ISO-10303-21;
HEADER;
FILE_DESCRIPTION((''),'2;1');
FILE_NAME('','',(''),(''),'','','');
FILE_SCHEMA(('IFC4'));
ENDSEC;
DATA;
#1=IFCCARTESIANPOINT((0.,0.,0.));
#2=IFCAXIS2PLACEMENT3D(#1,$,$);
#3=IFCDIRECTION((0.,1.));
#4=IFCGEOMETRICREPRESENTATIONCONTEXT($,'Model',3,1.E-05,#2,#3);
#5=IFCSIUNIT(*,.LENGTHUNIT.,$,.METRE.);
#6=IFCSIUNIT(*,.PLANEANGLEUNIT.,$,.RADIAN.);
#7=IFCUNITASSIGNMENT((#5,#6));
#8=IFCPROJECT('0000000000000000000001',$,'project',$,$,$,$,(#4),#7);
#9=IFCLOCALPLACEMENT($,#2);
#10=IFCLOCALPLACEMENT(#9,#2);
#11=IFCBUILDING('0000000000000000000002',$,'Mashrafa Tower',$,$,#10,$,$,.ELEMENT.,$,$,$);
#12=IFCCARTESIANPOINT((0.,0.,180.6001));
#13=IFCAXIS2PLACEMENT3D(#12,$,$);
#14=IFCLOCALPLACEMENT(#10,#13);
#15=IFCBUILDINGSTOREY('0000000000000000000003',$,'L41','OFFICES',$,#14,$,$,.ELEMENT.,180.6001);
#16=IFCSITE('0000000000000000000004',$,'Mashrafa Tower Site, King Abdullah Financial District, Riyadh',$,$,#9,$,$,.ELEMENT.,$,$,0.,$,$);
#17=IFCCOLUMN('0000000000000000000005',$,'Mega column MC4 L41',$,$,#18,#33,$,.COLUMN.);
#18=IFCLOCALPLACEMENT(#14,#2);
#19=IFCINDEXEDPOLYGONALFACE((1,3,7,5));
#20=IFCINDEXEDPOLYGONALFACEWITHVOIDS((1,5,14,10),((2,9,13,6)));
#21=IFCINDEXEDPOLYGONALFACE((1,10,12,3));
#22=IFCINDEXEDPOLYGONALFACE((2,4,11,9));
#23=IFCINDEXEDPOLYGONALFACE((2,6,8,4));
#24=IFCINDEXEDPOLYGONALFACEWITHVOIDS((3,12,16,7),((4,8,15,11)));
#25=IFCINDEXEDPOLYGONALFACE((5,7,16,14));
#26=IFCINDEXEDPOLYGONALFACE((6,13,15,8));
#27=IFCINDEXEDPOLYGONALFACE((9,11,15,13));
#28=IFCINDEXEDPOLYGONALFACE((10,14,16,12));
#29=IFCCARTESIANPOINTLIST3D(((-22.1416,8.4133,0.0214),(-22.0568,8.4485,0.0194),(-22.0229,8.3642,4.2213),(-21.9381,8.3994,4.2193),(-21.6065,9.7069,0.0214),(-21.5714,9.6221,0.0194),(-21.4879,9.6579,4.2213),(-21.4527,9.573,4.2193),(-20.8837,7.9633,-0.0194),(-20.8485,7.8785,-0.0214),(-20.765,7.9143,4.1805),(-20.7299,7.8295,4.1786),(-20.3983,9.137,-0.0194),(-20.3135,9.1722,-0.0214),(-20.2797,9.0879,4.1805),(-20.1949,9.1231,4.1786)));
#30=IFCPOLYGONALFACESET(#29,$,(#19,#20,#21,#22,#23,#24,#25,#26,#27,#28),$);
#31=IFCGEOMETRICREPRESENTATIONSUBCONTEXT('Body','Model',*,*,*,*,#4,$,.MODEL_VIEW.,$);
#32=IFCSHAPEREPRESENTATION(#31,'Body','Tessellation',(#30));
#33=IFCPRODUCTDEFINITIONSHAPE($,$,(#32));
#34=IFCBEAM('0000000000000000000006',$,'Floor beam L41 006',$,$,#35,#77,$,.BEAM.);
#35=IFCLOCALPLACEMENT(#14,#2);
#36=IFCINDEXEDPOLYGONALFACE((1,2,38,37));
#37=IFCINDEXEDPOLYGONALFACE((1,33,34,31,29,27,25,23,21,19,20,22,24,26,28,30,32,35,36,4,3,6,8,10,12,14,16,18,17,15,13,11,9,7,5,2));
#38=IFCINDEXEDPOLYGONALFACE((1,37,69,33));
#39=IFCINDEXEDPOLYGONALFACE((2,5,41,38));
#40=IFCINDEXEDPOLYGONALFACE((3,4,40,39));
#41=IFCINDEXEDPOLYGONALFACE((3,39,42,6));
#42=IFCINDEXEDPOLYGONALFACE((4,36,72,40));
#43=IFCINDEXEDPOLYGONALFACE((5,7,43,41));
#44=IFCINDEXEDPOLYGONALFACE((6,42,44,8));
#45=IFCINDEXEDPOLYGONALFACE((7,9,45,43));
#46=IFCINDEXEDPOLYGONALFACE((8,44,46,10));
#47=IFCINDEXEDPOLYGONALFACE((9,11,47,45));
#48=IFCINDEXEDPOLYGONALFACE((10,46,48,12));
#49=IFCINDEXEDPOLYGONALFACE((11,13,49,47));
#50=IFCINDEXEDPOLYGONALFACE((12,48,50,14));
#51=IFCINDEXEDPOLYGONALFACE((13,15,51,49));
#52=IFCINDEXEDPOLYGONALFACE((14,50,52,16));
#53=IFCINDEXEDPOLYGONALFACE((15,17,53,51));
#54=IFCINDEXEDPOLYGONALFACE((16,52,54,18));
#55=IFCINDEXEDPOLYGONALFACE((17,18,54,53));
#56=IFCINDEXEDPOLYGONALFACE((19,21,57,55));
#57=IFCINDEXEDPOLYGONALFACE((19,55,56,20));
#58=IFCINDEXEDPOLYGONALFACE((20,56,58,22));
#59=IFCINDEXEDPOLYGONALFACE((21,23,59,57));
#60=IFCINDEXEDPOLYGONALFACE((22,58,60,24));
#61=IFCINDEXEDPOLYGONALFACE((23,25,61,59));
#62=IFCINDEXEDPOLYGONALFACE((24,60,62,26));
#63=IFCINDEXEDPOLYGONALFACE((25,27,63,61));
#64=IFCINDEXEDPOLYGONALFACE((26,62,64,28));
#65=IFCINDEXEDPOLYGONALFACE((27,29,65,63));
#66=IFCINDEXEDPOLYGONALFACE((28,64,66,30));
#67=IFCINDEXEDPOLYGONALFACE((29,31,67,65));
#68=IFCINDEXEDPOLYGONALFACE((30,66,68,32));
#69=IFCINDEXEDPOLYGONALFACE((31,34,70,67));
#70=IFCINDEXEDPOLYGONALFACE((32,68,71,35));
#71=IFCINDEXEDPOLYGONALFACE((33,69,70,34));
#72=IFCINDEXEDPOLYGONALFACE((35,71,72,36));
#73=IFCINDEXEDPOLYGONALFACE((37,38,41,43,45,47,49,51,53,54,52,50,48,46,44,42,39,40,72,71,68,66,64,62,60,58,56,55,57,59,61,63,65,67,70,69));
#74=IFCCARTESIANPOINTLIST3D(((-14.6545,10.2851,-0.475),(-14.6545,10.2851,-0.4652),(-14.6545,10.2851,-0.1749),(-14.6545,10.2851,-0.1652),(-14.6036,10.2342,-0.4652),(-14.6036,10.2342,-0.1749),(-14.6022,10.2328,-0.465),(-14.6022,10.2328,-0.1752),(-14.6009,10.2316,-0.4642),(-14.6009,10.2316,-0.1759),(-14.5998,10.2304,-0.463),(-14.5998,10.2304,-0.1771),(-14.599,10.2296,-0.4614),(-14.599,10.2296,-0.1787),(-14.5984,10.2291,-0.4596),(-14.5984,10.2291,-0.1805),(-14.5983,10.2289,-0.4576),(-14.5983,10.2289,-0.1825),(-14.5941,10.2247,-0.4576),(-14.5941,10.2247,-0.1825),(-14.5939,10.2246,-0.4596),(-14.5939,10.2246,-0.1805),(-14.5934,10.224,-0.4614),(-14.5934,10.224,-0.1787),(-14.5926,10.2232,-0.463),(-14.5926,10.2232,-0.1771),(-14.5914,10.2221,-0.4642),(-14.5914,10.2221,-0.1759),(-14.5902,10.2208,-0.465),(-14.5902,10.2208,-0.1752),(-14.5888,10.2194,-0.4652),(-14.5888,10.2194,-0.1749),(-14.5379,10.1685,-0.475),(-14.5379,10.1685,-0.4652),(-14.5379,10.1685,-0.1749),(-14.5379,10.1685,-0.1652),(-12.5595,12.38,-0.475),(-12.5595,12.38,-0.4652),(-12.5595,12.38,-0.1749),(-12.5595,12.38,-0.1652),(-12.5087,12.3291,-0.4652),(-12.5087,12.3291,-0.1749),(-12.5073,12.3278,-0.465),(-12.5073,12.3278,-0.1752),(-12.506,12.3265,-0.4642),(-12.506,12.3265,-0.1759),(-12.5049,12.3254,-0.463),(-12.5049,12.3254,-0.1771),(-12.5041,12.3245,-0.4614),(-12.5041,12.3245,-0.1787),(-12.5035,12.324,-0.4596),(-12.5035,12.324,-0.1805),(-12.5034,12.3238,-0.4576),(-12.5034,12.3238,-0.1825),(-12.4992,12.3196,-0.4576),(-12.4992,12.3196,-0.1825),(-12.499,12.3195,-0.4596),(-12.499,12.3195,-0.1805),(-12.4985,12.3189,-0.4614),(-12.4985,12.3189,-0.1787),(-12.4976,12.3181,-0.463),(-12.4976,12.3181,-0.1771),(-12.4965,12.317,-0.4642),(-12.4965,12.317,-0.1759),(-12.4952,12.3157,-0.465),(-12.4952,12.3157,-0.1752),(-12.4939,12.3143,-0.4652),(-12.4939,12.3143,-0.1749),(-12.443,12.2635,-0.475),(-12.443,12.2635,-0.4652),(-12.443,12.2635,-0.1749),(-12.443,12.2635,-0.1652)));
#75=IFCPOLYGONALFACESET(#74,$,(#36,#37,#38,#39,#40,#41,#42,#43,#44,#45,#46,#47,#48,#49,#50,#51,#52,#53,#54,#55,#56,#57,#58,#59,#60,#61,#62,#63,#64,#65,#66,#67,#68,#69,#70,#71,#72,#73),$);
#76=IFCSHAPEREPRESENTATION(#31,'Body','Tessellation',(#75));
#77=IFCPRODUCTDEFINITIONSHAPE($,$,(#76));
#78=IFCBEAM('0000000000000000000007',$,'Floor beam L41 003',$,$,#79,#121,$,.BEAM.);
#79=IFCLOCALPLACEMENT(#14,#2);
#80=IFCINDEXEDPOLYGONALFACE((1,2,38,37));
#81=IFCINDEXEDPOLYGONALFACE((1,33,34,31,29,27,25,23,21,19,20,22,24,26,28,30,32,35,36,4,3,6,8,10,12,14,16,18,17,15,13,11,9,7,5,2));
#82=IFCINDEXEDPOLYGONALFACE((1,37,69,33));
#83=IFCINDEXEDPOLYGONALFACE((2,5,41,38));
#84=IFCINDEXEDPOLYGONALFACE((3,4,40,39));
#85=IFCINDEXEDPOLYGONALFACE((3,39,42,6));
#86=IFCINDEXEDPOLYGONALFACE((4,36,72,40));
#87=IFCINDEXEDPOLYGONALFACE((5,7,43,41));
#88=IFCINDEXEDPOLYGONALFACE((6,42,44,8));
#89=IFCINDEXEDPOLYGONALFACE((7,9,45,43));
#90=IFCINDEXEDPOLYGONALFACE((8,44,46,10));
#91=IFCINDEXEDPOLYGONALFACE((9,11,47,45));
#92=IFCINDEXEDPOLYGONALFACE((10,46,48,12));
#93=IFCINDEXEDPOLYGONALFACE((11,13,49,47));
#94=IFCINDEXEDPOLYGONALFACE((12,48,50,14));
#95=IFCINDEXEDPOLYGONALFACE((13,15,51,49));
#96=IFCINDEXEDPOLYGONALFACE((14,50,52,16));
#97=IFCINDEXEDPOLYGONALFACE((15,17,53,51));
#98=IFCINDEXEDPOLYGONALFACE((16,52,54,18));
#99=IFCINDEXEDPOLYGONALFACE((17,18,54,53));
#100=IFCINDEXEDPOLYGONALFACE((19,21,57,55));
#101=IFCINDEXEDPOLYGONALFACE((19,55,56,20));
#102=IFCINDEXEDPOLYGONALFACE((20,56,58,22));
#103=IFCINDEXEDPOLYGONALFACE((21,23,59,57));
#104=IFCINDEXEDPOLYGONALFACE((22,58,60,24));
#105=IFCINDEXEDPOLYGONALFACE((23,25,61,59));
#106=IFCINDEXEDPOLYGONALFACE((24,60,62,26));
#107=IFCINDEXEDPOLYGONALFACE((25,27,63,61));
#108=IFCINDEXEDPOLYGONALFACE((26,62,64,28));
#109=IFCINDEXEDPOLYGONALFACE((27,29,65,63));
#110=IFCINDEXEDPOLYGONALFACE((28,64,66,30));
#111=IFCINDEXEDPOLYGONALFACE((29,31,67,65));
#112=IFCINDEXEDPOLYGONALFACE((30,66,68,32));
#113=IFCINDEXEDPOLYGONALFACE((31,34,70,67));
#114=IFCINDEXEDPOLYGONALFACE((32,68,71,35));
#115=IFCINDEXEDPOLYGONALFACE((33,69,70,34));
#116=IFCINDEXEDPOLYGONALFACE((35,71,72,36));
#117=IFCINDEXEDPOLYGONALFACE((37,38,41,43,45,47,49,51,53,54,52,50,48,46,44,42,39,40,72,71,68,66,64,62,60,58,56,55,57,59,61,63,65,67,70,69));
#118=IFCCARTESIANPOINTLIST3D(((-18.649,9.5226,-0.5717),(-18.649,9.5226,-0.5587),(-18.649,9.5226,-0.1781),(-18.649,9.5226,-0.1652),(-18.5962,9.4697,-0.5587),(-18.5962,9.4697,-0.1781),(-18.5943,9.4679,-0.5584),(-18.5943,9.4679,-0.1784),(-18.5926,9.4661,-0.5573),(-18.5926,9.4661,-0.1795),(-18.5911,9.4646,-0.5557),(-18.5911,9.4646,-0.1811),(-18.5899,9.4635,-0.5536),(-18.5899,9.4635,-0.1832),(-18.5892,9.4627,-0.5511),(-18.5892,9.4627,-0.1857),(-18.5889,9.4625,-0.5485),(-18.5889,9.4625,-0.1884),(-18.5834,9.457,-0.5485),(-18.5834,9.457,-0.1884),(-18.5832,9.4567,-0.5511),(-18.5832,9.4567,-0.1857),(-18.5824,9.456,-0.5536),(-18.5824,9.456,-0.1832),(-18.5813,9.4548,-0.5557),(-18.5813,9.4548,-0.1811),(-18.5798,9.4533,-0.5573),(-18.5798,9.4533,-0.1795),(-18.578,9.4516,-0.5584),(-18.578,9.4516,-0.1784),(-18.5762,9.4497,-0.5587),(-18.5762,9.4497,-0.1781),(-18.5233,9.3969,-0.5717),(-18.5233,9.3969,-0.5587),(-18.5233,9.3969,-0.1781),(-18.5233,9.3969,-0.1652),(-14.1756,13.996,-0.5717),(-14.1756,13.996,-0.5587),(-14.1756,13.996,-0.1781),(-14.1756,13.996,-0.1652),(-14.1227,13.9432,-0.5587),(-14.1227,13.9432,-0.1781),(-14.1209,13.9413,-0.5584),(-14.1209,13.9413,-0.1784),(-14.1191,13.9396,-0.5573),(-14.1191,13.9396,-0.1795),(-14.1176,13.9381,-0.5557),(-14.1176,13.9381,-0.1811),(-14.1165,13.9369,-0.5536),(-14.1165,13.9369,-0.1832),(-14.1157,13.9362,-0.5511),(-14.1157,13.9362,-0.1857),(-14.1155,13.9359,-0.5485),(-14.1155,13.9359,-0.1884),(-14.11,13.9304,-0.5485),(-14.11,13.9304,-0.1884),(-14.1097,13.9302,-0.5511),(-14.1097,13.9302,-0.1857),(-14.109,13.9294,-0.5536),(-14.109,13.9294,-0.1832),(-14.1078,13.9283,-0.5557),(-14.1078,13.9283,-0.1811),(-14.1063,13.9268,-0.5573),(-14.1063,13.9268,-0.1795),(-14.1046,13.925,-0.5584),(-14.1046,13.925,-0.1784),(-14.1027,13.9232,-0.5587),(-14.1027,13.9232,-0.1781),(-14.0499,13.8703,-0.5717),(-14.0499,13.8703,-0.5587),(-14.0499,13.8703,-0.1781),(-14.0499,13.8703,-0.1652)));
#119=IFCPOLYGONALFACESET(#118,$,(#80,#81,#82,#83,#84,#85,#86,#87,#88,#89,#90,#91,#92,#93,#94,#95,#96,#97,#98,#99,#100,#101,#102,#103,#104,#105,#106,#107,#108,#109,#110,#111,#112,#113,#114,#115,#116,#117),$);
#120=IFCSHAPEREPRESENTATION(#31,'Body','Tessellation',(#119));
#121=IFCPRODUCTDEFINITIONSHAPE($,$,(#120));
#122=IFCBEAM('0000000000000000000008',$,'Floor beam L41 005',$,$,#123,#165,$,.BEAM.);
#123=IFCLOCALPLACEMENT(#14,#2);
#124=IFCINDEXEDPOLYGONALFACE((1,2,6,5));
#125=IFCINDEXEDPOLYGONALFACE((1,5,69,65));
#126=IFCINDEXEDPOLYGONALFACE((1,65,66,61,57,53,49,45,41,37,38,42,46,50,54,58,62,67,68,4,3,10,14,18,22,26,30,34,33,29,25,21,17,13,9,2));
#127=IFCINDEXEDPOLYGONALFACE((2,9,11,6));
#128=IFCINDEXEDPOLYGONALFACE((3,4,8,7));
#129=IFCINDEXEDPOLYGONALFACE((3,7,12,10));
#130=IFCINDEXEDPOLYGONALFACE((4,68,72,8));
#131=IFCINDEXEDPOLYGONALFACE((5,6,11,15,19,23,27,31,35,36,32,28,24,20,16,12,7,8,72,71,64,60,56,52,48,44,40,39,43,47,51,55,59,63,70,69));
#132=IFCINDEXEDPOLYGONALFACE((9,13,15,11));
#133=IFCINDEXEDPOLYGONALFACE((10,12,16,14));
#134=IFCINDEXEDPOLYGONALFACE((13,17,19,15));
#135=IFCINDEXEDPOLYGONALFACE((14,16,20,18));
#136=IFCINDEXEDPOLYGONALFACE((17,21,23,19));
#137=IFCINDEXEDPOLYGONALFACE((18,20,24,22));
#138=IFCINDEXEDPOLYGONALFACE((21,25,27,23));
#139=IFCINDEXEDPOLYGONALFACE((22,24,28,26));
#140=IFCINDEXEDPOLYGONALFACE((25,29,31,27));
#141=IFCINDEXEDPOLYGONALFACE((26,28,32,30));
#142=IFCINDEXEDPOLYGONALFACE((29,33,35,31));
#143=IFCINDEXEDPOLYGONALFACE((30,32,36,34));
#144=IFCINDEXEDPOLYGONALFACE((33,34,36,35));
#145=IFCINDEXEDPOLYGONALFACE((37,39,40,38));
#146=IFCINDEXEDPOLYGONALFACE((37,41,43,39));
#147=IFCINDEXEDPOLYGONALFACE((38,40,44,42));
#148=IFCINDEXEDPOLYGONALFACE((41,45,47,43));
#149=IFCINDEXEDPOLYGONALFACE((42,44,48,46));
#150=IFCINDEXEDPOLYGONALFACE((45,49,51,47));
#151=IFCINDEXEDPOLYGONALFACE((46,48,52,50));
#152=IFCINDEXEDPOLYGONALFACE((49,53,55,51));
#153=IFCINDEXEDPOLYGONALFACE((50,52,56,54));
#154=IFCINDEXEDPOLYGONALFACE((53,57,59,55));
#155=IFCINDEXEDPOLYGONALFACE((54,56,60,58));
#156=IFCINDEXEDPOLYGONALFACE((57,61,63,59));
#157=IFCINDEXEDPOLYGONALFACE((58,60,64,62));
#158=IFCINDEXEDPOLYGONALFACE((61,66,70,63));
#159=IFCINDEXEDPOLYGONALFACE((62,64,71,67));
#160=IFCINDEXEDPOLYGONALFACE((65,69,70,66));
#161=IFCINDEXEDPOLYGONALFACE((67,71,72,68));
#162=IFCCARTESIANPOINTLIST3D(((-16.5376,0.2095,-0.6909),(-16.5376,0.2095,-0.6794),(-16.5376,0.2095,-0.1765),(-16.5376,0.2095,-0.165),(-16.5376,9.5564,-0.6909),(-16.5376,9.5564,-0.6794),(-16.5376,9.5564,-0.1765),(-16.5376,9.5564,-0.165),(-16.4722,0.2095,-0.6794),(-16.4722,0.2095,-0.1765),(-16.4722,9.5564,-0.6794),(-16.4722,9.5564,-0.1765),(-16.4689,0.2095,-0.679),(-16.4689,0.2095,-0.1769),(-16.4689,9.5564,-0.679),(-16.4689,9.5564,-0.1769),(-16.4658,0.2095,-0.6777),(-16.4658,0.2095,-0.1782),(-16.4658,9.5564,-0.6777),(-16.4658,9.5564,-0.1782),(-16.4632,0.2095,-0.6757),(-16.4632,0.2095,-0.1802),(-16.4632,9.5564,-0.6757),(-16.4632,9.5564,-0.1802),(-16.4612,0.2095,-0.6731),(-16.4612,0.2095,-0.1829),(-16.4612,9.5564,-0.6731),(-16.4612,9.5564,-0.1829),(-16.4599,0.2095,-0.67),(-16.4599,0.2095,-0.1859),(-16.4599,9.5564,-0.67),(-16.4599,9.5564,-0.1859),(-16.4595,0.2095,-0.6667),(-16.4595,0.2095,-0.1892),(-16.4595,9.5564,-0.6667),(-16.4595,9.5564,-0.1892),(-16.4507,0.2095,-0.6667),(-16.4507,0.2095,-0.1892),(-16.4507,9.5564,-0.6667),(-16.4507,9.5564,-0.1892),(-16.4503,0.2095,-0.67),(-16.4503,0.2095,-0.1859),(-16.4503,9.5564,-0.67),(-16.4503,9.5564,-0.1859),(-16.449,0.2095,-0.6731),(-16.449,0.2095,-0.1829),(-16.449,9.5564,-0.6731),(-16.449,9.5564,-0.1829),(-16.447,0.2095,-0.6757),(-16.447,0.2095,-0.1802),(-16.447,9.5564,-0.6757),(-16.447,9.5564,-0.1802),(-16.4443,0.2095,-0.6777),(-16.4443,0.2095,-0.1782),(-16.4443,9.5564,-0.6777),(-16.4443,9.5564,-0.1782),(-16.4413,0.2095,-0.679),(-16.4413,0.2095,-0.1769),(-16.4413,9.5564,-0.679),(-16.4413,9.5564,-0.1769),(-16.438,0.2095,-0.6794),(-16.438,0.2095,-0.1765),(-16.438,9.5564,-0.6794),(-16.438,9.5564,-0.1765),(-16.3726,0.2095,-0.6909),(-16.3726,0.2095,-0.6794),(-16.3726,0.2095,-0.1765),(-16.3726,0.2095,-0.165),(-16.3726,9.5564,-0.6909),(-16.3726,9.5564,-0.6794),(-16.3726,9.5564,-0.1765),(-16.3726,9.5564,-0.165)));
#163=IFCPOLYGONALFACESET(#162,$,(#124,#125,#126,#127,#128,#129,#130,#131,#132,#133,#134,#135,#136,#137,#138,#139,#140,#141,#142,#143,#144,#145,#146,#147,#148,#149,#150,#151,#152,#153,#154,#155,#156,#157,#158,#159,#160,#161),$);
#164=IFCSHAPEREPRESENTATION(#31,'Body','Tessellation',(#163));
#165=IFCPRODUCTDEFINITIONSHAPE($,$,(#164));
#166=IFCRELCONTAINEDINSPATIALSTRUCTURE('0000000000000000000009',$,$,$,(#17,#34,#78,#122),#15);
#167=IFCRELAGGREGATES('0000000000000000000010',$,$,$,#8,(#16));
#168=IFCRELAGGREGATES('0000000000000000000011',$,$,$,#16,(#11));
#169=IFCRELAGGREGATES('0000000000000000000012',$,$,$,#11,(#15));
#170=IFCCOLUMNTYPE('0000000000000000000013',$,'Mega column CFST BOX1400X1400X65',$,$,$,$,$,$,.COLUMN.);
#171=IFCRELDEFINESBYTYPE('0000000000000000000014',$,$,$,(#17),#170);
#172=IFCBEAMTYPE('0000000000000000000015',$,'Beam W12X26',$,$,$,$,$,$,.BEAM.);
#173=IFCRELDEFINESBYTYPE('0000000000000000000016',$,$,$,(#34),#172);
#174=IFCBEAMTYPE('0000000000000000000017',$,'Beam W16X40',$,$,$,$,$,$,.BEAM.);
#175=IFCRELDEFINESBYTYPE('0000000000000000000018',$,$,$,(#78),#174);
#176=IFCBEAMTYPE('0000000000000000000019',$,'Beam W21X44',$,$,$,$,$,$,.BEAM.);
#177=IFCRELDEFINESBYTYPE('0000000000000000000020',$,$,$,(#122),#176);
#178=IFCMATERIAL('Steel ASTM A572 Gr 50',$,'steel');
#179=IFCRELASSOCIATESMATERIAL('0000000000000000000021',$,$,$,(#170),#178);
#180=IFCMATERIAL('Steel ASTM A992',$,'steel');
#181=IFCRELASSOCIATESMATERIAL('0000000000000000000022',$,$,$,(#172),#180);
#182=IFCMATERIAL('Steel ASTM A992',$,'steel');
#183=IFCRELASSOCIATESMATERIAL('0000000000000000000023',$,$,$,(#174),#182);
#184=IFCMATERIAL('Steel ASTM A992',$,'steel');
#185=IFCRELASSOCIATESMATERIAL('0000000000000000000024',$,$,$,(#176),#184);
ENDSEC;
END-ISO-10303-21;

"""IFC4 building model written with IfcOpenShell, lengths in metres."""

from ifc_helpers import new_model, si_unit, direction, frame, origin, origin_2d, place, context, subcontext, project, spatial, hollow_rectangle, i_section, extrude, material, material_profile, profile_set, type_object, element, save


model = new_model("IFC4")

# Units and contexts
model_context = context("Model", 3, precision=1e-05, world=origin(), true_north=direction((0.0, 1.0)))
body_context = subcontext(model_context, "Body", "Model", "MODEL_VIEW")
ifc_project = project(units=[si_unit("LENGTHUNIT", "METRE"), si_unit("PLANEANGLEUNIT", "RADIAN")], contexts=[model_context])

# Site, building, storey
site_placement = place(None, origin())
site = spatial("IfcSite", under=ifc_project, at=site_placement, Name="Mashrafa Tower Site, King Abdullah Financial District, Riyadh", CompositionType="ELEMENT", RefElevation=0.0)
building_placement = place(site_placement, origin())
building = spatial("IfcBuilding", under=site, at=building_placement, Name="Mashrafa Tower", CompositionType="ELEMENT")
storey_placement = place(building_placement, frame((0.0, 0.0, 180.6001)))
storey = spatial("IfcBuildingStorey", under=building, at=storey_placement, Name="L41", Description="OFFICES", CompositionType="ELEMENT", Elevation=180.6001)

# Column
ifc_material_1 = material(Name="Steel ASTM A572 Gr 50", Category="steel")
ifc_material_profile_1 = material_profile(ifc_material_1, hollow_rectangle(XDim=1.3999, YDim=1.3999, WallThickness=0.0649, at=origin_2d()), Name="BOX1400X1400X65")
ifc_profile_set_1 = profile_set([ifc_material_profile_1], Name="Steel ASTM A572 Gr 50")
column_type = type_object("IfcColumnType", Name="Mega column CFST BOX1400X1400X65", PredefinedType="COLUMN", material=ifc_profile_set_1)
column_placement = place(storey_placement, frame((-21.2275, 8.7927, 0.0), z_axis=(0.028238, -0.011679, 0.999533), x_axis=(0.382184, 0.924086, 0.0)))
element("IfcColumn", 1, at=column_placement, inside=storey, type_object=column_type, Name="Mega column MC4 L41", PredefinedType="COLUMN", context=body_context, shape_type="SweptSolid", body=[
    extrude(hollow_rectangle(XDim=1.3999, YDim=1.3999, WallThickness=0.0649, at=origin_2d()), origin(), (0.0, 0.0, 1.0), 4.2019),
])

# Beams
ifc_material_2 = material(Name="Steel ASTM A992", Category="steel")
ifc_material_profile_2 = material_profile(ifc_material_2, i_section(OverallWidth=0.1648, OverallDepth=0.3098, WebThickness=0.0059, FlangeThickness=0.0098, FilletRadius=0.0076, at=origin_2d()), Name="W12X26")
ifc_profile_set_2 = profile_set([ifc_material_profile_2], Name="Steel ASTM A992")
beam_type_1 = type_object("IfcBeamType", Name="Beam W12X26", PredefinedType="BEAM", material=ifc_profile_set_2)
beam_1_placement = place(storey_placement, frame((-14.5962, 10.2268, -0.3201), z_axis=(0.707107, 0.707107, 0.0), x_axis=(-0.707107, 0.707107, 0.0)))
element("IfcBeam", 2, at=beam_1_placement, inside=storey, type_object=beam_type_1, Name="Floor beam L41 006", PredefinedType="BEAM", context=body_context, shape_type="SweptSolid", body=[
    extrude(i_section(OverallWidth=0.1648, OverallDepth=0.3098, WebThickness=0.0059, FlangeThickness=0.0098, FilletRadius=0.0076, at=origin_2d()), origin(), (0.0, 0.0, 1.0), 2.9626),
])
ifc_material_3 = material(Name="Steel ASTM A992", Category="steel")
ifc_material_profile_3 = material_profile(ifc_material_3, i_section(OverallWidth=0.1777, OverallDepth=0.4065, WebThickness=0.0078, FlangeThickness=0.0129, FilletRadius=0.0103, at=origin_2d()), Name="W16X40")
ifc_profile_set_3 = profile_set([ifc_material_profile_3], Name="Steel ASTM A992")
beam_type_2 = type_object("IfcBeamType", Name="Beam W16X40", PredefinedType="BEAM", material=ifc_profile_set_3)
beam_2_placement = place(storey_placement, frame((-18.5862, 9.4597, -0.3684), z_axis=(0.707107, 0.707107, 0.0), x_axis=(-0.707107, 0.707107, 0.0)))
element("IfcBeam", 3, at=beam_2_placement, inside=storey, type_object=beam_type_2, Name="Floor beam L41 003", PredefinedType="BEAM", context=body_context, shape_type="SweptSolid", body=[
    extrude(i_section(OverallWidth=0.1777, OverallDepth=0.4065, WebThickness=0.0078, FlangeThickness=0.0129, FilletRadius=0.0103, at=origin_2d()), origin(), (0.0, 0.0, 1.0), 6.3264),
])
ifc_material_4 = material(Name="Steel ASTM A992", Category="steel")
ifc_material_profile_4 = material_profile(ifc_material_4, i_section(OverallWidth=0.165, OverallDepth=0.5259, WebThickness=0.0088, FlangeThickness=0.0115, FilletRadius=0.0127, at=origin_2d()), Name="W21X44")
ifc_profile_set_4 = profile_set([ifc_material_profile_4], Name="Steel ASTM A992")
beam_type_3 = type_object("IfcBeamType", Name="Beam W21X44", PredefinedType="BEAM", material=ifc_profile_set_4)
beam_3_placement = place(storey_placement, frame((-16.4551, 0.2095, -0.428), z_axis=(0.0, 1.0, 0.0), x_axis=(-1.0, 0.0, 0.0)))
element("IfcBeam", 4, at=beam_3_placement, inside=storey, type_object=beam_type_3, Name="Floor beam L41 005", PredefinedType="BEAM", context=body_context, shape_type="SweptSolid", body=[
    extrude(i_section(OverallWidth=0.165, OverallDepth=0.5259, WebThickness=0.0088, FlangeThickness=0.0115, FilletRadius=0.0127, at=origin_2d()), origin(), (0.0, 0.0, 1.0), 9.3469),
])

save(model, "model.ifc")
